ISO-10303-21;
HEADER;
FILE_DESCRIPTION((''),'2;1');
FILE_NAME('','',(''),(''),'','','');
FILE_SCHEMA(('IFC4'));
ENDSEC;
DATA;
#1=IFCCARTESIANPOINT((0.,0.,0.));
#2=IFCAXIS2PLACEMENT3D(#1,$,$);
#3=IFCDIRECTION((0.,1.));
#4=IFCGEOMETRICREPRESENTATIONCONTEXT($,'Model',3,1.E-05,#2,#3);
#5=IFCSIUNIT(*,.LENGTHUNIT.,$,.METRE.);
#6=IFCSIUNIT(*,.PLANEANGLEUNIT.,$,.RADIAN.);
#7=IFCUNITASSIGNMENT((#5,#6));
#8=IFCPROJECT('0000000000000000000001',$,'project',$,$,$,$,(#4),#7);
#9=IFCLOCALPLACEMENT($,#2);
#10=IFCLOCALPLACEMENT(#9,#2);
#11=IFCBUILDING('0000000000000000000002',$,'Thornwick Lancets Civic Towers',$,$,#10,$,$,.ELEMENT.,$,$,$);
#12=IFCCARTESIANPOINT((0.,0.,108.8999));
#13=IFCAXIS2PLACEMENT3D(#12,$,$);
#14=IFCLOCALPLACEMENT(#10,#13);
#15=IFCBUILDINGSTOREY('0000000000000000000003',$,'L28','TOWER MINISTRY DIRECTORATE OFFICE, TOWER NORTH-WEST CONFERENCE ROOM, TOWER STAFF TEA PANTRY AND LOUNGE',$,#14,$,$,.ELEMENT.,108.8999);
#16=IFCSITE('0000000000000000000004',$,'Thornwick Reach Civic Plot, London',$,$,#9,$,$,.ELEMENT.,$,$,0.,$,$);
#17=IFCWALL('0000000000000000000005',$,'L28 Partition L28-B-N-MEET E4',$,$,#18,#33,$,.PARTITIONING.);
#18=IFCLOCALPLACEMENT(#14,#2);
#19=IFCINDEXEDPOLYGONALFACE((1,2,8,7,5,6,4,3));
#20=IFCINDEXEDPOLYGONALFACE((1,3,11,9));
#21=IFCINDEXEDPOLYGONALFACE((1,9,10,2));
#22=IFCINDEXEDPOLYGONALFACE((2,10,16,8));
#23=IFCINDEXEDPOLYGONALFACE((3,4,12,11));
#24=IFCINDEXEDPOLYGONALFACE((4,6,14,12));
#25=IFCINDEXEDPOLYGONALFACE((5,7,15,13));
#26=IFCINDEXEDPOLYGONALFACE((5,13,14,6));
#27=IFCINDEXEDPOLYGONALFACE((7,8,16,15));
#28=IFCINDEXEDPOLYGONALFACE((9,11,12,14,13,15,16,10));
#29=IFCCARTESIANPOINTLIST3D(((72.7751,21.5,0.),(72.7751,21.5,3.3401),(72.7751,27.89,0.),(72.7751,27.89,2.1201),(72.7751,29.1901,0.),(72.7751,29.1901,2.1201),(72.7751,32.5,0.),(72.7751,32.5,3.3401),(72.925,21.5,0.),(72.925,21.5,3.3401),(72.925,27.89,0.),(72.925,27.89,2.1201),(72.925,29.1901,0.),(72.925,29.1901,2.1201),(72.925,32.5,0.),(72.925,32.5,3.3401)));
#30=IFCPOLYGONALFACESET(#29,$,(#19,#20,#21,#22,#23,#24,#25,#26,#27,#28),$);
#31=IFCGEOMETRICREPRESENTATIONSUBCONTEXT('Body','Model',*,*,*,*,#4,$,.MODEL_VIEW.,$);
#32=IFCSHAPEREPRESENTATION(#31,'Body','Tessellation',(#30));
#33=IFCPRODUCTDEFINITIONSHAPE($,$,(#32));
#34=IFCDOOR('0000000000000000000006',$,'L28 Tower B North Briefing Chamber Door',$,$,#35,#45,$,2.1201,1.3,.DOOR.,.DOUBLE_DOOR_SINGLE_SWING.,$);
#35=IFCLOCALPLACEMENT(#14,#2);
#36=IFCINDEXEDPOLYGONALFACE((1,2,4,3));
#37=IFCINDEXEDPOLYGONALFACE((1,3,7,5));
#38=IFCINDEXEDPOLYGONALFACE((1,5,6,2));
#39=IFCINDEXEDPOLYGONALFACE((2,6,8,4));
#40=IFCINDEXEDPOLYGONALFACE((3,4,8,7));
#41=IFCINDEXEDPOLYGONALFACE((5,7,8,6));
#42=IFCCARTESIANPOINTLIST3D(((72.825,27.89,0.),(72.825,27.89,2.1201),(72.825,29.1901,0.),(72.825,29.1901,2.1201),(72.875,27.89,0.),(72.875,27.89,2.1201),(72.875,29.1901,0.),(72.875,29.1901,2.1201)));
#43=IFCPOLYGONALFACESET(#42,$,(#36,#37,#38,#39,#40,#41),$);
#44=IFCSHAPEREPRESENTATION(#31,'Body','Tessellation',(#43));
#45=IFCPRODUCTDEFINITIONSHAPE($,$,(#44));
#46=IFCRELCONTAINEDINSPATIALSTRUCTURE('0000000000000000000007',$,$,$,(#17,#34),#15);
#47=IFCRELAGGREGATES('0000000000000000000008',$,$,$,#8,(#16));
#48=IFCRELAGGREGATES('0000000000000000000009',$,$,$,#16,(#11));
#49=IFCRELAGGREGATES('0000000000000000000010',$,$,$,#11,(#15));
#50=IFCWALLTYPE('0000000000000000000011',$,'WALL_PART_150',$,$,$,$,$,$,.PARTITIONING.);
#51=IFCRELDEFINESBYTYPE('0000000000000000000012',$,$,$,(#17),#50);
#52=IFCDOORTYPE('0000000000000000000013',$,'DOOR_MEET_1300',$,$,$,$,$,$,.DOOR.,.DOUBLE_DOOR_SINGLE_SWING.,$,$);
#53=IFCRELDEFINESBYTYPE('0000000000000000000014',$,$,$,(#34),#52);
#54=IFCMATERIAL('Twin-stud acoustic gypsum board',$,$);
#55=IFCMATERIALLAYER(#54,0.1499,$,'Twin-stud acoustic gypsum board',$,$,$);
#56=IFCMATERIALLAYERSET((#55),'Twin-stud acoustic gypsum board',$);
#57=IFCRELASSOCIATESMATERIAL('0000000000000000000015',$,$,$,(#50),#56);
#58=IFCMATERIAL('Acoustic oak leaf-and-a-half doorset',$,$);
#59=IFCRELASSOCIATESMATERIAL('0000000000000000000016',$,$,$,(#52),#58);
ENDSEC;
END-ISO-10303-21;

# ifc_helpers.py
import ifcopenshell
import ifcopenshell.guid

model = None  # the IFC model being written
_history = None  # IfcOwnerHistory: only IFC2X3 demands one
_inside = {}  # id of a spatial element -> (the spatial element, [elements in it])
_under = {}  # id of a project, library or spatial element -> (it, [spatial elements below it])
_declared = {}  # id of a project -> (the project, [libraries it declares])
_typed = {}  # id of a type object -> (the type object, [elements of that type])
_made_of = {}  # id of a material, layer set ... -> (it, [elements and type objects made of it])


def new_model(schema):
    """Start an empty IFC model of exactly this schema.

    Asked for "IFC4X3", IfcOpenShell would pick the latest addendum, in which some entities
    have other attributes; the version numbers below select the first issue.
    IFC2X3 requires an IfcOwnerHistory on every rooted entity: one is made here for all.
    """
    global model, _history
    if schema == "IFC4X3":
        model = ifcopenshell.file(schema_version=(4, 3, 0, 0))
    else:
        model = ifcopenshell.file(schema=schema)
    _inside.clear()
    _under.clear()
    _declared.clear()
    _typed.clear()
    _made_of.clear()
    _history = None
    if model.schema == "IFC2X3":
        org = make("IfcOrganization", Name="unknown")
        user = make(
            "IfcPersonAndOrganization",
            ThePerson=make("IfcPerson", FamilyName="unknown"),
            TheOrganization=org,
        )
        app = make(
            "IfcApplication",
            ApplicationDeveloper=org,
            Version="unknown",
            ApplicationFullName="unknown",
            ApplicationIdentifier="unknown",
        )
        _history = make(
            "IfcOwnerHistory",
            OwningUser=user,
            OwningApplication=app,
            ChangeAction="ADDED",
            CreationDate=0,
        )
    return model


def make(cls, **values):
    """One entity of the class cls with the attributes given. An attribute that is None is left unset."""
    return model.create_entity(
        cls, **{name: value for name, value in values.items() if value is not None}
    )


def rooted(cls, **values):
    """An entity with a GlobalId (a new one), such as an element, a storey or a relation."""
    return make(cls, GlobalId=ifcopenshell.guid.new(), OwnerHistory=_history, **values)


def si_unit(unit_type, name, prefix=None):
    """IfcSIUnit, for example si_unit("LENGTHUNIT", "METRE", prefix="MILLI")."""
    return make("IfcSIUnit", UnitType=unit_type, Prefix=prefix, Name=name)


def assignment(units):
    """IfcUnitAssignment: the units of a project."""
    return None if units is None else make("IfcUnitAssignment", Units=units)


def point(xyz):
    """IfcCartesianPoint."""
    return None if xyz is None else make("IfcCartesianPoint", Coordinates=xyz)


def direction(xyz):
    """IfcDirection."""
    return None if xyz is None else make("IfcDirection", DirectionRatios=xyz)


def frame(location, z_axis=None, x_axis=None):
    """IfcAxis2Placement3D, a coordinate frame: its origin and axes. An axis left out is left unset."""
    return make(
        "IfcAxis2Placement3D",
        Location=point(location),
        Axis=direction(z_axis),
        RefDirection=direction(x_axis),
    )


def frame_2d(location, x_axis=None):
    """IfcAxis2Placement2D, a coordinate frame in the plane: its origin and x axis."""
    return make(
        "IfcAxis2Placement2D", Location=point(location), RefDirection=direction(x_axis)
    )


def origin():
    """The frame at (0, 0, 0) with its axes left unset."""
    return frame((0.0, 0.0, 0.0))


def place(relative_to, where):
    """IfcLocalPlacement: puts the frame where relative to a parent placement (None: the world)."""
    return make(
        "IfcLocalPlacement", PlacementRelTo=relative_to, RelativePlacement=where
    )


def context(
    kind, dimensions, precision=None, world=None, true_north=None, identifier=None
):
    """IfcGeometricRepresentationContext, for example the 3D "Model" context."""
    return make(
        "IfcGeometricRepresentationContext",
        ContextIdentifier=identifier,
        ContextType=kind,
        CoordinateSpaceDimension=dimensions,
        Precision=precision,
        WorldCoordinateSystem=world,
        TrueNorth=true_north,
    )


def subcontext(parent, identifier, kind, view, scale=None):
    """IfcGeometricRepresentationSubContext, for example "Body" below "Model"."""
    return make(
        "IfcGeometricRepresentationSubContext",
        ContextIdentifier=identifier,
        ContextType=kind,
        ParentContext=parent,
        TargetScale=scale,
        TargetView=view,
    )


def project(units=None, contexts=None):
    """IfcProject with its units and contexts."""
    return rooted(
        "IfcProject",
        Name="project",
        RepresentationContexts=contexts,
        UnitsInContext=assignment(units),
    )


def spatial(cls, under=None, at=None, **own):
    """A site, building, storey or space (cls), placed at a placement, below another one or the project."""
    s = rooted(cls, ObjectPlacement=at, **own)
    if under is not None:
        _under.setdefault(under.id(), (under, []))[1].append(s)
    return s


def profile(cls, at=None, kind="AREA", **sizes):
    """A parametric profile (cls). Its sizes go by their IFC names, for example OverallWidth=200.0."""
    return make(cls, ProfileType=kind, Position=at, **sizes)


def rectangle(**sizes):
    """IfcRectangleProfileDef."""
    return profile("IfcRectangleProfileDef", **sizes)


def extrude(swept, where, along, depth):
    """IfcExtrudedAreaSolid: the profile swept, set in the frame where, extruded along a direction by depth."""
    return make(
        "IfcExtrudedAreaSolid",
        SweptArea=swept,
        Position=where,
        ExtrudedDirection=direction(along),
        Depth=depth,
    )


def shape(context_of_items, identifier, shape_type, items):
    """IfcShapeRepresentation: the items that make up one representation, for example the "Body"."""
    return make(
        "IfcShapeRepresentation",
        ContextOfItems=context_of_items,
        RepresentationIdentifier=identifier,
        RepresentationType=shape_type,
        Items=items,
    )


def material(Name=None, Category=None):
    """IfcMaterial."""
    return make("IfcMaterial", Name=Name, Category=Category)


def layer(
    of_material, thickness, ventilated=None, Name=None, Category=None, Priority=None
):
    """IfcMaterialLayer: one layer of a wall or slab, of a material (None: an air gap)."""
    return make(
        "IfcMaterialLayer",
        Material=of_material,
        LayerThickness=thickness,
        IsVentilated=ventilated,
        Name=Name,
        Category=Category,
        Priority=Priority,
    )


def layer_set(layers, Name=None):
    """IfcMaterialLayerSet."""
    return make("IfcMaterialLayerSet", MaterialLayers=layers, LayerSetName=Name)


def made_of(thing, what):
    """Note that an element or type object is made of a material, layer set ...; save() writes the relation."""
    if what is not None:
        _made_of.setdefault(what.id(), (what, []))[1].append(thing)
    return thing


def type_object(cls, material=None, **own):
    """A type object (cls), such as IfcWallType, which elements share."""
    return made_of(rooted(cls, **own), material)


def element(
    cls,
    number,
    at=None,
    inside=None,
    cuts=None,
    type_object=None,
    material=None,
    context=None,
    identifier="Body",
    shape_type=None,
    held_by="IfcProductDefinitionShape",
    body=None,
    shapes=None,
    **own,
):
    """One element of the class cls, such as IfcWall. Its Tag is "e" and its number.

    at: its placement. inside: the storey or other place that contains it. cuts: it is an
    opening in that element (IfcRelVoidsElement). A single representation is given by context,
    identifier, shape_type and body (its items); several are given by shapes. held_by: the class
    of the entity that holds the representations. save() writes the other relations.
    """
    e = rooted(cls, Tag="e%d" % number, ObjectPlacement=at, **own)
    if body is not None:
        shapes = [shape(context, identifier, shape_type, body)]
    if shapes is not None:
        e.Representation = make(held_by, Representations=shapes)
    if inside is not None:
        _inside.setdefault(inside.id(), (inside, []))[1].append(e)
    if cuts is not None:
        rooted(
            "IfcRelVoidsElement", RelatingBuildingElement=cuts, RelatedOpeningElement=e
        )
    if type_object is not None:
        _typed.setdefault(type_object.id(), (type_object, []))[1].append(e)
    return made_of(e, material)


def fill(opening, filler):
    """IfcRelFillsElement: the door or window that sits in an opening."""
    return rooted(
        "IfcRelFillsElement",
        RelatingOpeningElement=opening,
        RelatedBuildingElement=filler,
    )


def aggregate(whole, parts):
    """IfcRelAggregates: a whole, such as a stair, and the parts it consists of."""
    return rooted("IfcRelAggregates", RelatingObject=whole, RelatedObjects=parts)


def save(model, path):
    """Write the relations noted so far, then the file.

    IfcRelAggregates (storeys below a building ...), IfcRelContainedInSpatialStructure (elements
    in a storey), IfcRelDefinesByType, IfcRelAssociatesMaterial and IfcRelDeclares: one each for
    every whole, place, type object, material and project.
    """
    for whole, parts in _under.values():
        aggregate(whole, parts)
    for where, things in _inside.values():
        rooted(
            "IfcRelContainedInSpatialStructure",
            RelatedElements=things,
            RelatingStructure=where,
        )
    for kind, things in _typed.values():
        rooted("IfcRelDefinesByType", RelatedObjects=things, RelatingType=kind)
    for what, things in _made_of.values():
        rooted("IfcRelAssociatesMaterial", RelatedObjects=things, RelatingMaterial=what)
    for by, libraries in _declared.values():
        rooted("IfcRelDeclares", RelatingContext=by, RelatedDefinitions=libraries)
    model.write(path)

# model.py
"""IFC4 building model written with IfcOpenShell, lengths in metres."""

from ifc_helpers import new_model, si_unit, direction, frame, frame_2d, origin, place, context, subcontext, project, spatial, rectangle, extrude, material, layer, layer_set, type_object, element, fill, save


model = new_model("IFC4")

# Units and contexts
model_context = context("Model", 3, precision=1e-05, world=origin(), true_north=direction((0.0, 1.0)))
body_context = subcontext(model_context, "Body", "Model", "MODEL_VIEW")
ifc_project = project(units=[si_unit("LENGTHUNIT", "METRE"), si_unit("PLANEANGLEUNIT", "RADIAN")], contexts=[model_context])

# Site, building, storey
site_placement = place(None, origin())
site = spatial("IfcSite", under=ifc_project, at=site_placement, Name="Thornwick Reach Civic Plot, London", CompositionType="ELEMENT", RefElevation=0.0)
building_placement = place(site_placement, origin())
building = spatial("IfcBuilding", under=site, at=building_placement, Name="Thornwick Lancets Civic Towers", CompositionType="ELEMENT")
storey_placement = place(building_placement, frame((0.0, 0.0, 108.8999)))
storey = spatial("IfcBuildingStorey", under=building, at=storey_placement, Name="L28", Description="TOWER MINISTRY DIRECTORATE OFFICE, TOWER NORTH-WEST CONFERENCE ROOM, TOWER STAFF TEA PANTRY AND LOUNGE", CompositionType="ELEMENT", Elevation=108.8999)

# Wall, opening, door
ifc_material_1 = material(Name="Twin-stud acoustic gypsum board")
ifc_layer_1 = layer(ifc_material_1, 0.1499, Name="Twin-stud acoustic gypsum board")
ifc_layer_set_1 = layer_set([ifc_layer_1], Name="Twin-stud acoustic gypsum board")
wall_type_1 = type_object("IfcWallType", Name="WALL_PART_150", PredefinedType="PARTITIONING", material=ifc_layer_set_1)
wall_1_placement = place(storey_placement, frame((72.8501, 32.5, 0.0), z_axis=(0.0, 0.0, 1.0), x_axis=(0.0, -1.0, 0.0)))
wall_1 = element("IfcWall", 1, at=wall_1_placement, inside=storey, type_object=wall_type_1, Name="L28 Partition L28-B-N-MEET E4", PredefinedType="PARTITIONING", context=body_context, shape_type="SweptSolid", body=[
    extrude(rectangle(XDim=11.0, YDim=0.1499, at=frame_2d((5.5, 0.0))), origin(), (0.0, 0.0, 1.0), 3.3401),
])
opening_1_placement = place(wall_1_placement, frame((3.3101, 0.0, 0.0)))
opening_1 = element("IfcOpeningElement", 2, at=opening_1_placement, cuts=wall_1, PredefinedType="OPENING", context=body_context, shape_type="SweptSolid", body=[
    extrude(rectangle(XDim=1.3, YDim=2.1201, at=frame_2d((0.6499, 1.0601))), frame((0.0, 0.085, 0.0), z_axis=(0.0, -1.0, 0.0), x_axis=(1.0, 0.0, 0.0)), (0.0, 0.0, 1.0), 0.1699),
])
ifc_material_2 = material(Name="Acoustic oak leaf-and-a-half doorset")
door_type_1 = type_object("IfcDoorType", Name="DOOR_MEET_1300", OperationType="DOUBLE_DOOR_SINGLE_SWING", PredefinedType="DOOR", material=ifc_material_2)
door_1_placement = place(opening_1_placement, origin())
door_1 = element("IfcDoor", 3, at=door_1_placement, inside=storey, type_object=door_type_1, Name="L28 Tower B North Briefing Chamber Door", OperationType="DOUBLE_DOOR_SINGLE_SWING", OverallHeight=2.1201, OverallWidth=1.3, PredefinedType="DOOR", context=body_context, shape_type="SweptSolid", body=[
    extrude(rectangle(XDim=1.3, YDim=2.1201, at=frame_2d((0.6499, 1.0601))), frame((0.0, 0.0249, 0.0), z_axis=(0.0, -1.0, 0.0), x_axis=(1.0, 0.0, 0.0)), (0.0, 0.0, 1.0), 0.05),
])
fill(opening_1, door_1)

save(model, "model.ifc")
